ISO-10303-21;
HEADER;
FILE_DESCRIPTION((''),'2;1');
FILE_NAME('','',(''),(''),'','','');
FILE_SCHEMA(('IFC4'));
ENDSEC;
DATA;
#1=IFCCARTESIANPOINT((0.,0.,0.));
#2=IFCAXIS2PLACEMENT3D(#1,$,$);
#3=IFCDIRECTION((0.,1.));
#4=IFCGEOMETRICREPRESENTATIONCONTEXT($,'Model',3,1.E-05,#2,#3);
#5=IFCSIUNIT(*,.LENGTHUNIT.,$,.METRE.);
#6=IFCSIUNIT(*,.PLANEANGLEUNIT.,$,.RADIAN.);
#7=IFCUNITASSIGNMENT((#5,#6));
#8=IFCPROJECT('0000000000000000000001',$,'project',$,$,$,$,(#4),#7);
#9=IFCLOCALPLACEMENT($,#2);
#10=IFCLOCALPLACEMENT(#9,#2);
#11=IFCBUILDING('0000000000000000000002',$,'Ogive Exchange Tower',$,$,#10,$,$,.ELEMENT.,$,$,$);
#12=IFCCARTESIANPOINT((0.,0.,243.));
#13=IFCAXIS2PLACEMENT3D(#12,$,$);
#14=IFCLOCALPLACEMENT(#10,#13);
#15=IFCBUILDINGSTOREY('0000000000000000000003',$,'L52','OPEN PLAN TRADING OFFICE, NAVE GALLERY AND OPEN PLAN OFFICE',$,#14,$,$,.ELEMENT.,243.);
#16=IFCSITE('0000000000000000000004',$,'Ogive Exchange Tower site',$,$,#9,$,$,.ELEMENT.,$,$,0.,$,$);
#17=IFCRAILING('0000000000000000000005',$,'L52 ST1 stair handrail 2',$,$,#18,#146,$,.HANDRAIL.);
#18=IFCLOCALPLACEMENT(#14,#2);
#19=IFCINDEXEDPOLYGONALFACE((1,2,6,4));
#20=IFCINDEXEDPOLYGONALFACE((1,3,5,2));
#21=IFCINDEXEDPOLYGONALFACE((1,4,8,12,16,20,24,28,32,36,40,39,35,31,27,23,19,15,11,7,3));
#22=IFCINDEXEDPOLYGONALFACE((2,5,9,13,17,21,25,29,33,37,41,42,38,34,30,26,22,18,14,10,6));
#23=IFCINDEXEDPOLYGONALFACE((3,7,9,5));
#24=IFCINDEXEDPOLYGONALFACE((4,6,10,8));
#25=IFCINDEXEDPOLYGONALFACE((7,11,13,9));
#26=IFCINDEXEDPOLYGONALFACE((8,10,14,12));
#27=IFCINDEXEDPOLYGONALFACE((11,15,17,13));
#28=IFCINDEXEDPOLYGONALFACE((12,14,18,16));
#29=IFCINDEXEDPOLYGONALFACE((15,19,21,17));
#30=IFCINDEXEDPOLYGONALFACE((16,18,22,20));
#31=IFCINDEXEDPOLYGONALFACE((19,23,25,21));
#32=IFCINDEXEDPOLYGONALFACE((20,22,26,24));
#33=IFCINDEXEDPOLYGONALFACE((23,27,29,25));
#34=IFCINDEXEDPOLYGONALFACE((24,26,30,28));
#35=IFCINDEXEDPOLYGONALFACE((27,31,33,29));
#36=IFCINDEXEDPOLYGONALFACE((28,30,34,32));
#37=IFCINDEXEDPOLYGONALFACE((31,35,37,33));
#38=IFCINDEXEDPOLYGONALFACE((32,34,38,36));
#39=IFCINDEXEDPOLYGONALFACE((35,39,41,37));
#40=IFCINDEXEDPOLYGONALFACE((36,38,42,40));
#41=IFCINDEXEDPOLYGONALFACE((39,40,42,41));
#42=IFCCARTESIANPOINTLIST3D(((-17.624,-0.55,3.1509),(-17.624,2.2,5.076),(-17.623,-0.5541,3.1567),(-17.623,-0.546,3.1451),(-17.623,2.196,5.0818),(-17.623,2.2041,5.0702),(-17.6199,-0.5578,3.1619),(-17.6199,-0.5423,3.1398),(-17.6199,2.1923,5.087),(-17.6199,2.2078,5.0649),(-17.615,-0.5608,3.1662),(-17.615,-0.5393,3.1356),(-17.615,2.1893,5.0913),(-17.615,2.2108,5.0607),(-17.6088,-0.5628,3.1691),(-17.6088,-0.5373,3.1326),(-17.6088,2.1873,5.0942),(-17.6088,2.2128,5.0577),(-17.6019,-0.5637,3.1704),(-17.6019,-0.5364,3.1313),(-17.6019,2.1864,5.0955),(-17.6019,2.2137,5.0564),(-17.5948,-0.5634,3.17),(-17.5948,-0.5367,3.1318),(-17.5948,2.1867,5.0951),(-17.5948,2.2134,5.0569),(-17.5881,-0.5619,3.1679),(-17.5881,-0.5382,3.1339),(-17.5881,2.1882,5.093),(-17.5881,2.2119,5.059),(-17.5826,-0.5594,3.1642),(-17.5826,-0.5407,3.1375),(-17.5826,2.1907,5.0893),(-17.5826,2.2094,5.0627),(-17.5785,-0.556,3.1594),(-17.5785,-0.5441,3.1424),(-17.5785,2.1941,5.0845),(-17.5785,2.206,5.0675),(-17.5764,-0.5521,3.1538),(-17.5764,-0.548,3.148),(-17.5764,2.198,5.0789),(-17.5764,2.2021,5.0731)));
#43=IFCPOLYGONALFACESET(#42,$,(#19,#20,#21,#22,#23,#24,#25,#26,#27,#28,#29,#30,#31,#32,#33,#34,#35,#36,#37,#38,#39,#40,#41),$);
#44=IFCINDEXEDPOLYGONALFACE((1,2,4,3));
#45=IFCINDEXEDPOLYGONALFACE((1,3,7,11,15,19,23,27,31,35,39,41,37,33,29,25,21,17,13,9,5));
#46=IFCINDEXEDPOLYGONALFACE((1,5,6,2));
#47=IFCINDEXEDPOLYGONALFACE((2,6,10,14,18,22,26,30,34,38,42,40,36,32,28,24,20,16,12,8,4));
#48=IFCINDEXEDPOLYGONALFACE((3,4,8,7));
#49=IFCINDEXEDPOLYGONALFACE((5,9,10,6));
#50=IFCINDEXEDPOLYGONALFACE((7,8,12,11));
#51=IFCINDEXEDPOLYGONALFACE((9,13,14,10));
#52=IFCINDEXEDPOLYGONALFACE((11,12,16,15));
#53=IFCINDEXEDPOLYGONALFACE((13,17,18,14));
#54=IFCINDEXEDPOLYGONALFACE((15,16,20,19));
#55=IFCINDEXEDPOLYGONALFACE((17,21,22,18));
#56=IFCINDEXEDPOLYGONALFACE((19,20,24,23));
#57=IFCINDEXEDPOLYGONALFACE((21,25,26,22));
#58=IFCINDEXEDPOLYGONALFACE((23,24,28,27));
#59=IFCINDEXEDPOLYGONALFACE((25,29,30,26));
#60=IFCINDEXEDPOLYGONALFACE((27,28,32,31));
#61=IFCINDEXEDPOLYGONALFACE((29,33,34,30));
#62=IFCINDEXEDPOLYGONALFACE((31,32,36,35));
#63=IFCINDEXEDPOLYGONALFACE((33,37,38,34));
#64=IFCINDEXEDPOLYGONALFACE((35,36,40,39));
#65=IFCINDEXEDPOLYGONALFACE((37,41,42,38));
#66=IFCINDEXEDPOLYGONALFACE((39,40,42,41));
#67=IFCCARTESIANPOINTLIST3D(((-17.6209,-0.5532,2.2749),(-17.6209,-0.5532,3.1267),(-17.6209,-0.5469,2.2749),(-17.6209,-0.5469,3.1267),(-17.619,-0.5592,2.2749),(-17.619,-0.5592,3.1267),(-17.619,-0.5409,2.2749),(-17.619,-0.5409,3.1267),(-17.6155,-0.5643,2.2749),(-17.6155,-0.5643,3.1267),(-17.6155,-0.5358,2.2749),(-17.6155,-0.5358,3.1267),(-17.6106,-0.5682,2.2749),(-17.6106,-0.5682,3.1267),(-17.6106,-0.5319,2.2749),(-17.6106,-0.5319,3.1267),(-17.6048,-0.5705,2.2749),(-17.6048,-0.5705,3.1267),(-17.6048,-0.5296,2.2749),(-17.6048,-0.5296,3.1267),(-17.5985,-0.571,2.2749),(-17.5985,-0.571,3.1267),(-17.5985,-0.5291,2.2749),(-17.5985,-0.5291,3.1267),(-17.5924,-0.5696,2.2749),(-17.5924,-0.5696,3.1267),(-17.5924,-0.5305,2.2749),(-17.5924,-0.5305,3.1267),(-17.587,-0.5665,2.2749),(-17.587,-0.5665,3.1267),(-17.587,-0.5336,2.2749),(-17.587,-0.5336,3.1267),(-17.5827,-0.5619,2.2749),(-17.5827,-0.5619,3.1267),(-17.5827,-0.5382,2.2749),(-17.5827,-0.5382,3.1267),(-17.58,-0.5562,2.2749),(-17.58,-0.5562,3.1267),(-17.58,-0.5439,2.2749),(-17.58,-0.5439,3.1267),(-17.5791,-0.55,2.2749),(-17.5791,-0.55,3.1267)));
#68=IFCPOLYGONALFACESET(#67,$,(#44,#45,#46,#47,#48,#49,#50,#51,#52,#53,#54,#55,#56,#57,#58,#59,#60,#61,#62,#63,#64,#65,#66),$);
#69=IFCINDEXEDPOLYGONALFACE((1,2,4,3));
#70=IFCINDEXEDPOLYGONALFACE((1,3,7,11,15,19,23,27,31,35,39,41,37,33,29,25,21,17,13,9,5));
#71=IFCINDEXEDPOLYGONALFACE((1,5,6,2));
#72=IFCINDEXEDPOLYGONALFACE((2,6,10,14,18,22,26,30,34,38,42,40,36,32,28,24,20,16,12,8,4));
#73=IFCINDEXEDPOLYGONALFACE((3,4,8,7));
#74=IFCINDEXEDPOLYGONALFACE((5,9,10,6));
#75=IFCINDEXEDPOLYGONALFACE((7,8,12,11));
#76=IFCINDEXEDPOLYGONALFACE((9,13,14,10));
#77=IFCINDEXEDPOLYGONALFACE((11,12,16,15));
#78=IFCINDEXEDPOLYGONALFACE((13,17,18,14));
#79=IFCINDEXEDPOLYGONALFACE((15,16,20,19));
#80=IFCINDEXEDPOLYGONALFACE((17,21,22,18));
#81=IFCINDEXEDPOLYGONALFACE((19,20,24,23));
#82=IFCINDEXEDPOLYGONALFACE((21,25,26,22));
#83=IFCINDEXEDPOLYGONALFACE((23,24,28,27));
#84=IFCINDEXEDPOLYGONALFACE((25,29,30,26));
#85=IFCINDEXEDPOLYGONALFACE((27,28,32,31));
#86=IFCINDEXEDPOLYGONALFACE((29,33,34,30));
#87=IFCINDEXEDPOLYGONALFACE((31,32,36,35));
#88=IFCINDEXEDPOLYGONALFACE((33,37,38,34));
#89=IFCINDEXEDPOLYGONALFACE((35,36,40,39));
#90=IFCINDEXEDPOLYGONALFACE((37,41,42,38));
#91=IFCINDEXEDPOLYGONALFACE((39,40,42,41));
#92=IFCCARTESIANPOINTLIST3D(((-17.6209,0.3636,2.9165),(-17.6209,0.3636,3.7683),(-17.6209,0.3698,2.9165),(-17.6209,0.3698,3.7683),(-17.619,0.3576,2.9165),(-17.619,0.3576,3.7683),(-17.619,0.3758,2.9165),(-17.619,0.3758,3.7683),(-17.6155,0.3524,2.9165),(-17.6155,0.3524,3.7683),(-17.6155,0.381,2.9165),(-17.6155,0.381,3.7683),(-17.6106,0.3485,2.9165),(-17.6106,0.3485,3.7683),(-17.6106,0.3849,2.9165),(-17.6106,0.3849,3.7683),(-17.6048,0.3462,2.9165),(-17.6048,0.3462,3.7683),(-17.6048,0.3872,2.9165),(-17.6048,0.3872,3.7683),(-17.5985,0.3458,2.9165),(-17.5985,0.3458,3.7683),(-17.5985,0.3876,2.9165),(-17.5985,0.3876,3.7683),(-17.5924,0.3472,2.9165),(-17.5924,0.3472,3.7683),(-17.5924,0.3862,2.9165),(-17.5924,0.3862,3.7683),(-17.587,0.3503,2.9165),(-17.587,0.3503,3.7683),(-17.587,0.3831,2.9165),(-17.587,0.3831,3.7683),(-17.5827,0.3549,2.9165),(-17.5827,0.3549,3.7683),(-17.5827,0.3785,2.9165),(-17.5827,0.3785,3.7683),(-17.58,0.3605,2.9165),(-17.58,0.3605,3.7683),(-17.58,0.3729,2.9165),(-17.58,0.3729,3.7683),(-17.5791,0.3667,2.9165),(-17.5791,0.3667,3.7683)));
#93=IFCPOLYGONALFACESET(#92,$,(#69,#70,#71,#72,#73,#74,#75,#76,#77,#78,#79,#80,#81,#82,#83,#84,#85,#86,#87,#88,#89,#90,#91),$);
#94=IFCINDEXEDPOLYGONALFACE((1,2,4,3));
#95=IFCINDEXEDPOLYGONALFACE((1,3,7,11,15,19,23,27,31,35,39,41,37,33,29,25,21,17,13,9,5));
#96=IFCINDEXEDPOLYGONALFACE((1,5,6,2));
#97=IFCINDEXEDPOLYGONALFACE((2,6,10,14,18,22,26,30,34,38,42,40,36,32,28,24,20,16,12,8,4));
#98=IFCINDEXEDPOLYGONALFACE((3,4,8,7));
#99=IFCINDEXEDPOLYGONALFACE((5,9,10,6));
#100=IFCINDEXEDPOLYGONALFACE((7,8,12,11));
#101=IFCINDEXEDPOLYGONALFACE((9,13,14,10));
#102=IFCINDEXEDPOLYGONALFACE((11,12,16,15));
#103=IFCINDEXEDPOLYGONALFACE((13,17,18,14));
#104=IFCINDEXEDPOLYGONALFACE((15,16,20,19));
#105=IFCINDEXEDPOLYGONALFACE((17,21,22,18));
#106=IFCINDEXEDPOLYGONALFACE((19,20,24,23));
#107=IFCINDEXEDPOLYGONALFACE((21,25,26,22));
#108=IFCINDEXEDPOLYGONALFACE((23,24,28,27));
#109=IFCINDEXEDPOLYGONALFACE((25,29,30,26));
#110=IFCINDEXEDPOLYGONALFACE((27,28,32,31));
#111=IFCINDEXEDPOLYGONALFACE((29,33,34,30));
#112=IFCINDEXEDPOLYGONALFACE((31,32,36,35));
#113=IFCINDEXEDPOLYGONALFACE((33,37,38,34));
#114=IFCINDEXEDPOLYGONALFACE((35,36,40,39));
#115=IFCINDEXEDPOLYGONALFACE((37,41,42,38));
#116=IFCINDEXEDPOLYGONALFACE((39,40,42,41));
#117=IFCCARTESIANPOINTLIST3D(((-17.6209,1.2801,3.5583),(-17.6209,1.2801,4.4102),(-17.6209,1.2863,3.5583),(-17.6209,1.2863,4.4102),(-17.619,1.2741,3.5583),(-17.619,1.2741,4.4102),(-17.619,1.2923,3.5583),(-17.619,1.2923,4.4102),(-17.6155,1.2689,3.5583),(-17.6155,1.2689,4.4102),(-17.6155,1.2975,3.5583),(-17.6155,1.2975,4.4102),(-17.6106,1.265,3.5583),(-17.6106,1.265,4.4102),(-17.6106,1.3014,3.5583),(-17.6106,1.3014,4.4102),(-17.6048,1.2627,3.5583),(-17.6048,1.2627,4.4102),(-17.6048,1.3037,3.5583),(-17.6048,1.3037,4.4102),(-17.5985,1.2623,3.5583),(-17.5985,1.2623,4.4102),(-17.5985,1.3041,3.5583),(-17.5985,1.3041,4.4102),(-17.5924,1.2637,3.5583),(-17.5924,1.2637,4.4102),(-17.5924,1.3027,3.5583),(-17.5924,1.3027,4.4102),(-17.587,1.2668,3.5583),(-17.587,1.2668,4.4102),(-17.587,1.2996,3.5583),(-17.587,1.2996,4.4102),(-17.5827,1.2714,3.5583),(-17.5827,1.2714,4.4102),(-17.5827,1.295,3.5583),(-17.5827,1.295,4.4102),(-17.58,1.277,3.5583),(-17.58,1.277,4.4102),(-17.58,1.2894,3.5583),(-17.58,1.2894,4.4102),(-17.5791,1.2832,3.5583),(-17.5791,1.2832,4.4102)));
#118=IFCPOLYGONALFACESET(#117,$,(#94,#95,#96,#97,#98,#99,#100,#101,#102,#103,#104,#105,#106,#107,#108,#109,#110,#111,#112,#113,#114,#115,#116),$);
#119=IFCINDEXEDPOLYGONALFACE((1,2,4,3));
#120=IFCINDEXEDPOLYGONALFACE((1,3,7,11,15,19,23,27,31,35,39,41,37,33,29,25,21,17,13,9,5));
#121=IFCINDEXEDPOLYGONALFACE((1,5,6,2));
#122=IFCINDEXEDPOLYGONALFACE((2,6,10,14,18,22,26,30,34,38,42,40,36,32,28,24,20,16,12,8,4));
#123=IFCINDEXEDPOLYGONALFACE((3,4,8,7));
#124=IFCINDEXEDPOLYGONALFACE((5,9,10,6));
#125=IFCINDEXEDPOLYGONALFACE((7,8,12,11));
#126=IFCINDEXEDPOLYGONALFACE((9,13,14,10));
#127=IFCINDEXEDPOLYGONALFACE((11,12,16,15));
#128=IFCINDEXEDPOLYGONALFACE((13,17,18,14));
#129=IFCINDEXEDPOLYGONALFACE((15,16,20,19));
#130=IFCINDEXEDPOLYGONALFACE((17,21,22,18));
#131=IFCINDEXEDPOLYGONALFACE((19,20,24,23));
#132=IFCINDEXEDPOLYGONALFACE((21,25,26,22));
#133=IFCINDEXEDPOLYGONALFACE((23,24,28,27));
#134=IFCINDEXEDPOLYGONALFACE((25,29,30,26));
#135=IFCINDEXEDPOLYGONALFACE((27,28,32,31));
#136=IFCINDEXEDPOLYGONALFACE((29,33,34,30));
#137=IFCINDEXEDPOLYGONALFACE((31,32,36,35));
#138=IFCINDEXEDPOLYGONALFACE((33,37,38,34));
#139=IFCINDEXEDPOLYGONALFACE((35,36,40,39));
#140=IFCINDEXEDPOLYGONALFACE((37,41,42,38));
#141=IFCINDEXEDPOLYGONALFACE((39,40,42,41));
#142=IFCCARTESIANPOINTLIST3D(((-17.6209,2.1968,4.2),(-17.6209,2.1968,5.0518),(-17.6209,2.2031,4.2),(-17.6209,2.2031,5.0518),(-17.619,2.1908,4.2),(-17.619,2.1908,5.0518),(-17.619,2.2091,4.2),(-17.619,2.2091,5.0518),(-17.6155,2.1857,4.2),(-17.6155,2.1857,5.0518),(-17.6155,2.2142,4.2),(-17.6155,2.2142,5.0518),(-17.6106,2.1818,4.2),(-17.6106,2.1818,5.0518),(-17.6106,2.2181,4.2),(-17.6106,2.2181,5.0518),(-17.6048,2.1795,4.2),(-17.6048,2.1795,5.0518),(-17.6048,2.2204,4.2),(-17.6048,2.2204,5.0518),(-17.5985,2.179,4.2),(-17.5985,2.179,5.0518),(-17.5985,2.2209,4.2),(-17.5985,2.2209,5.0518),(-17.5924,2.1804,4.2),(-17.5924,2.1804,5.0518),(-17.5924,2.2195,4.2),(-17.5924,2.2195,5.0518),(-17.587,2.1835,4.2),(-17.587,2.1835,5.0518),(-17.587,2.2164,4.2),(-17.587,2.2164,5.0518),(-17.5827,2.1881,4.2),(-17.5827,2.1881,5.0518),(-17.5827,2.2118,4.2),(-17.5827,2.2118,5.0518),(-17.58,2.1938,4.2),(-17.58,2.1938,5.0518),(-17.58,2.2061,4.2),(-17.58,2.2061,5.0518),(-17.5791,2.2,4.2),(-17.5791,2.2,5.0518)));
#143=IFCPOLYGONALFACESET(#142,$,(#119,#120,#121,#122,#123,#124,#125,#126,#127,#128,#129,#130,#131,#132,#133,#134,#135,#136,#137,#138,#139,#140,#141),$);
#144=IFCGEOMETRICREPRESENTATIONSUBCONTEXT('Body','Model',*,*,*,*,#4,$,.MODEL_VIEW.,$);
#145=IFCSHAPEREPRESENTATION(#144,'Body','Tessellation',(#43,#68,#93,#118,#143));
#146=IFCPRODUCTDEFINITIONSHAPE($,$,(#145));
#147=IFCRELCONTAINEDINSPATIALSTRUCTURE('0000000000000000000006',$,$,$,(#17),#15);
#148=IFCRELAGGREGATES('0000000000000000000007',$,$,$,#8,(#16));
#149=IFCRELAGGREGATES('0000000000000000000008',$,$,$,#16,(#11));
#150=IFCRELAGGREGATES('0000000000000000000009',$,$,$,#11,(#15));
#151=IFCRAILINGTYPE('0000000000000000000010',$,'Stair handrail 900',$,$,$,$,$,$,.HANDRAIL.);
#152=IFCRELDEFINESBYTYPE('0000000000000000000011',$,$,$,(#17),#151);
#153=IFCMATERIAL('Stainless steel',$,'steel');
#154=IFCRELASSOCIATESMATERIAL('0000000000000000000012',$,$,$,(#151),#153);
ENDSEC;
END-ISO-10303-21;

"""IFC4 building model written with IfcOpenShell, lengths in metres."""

from ifc_helpers import new_model, si_unit, direction, frame, origin, origin_2d, place, context, subcontext, project, spatial, circle, extrude, material, type_object, element, save


model = new_model("IFC4")

# Units and contexts
model_context = context("Model", 3, precision=1e-05, world=origin(), true_north=direction((0.0, 1.0)))
body_context = subcontext(model_context, "Body", "Model", "MODEL_VIEW")
ifc_project = project(units=[si_unit("LENGTHUNIT", "METRE"), si_unit("PLANEANGLEUNIT", "RADIAN")], contexts=[model_context])

# Site, building, storey
site_placement = place(None, origin())
site = spatial("IfcSite", under=ifc_project, at=site_placement, Name="Ogive Exchange Tower site", CompositionType="ELEMENT", RefElevation=0.0)
building_placement = place(site_placement, origin())
building = spatial("IfcBuilding", under=site, at=building_placement, Name="Ogive Exchange Tower", CompositionType="ELEMENT")
storey_placement = place(building_placement, frame((0.0, 0.0, 243.0)))
storey = spatial("IfcBuildingStorey", under=building, at=storey_placement, Name="L52", Description="OPEN PLAN TRADING OFFICE, NAVE GALLERY AND OPEN PLAN OFFICE", CompositionType="ELEMENT", Elevation=243.0)

# Shared definitions
ifc_material_1 = material(Name="Stainless steel", Category="steel")

# Railing
railing_type = type_object("IfcRailingType", Name="Stair handrail 900", PredefinedType="HANDRAIL", material=ifc_material_1)
railing_placement = place(storey_placement, frame((-17.6001, -0.55, 2.2749)))
element("IfcRailing", 1, at=railing_placement, inside=storey, type_object=railing_type, Name="L52 ST1 stair handrail 2", PredefinedType="HANDRAIL", context=body_context, shape_type="SweptSolid", body=[
    extrude(circle(Radius=0.0239, at=origin_2d()), frame((0.0, 0.0, 0.876), z_axis=(0.0, 0.819225, 0.573472), x_axis=(-1.0, 0.0, 0.0)), (0.0, 0.0, 1.0), 3.3569),
    extrude(circle(Radius=0.021, at=origin_2d()), origin(), (0.0, 0.0, 1.0), 0.8518),
    extrude(circle(Radius=0.021, at=origin_2d()), frame((0.0, 0.9167, 0.6416)), (0.0, 0.0, 1.0), 0.8518),
    extrude(circle(Radius=0.021, at=origin_2d()), frame((0.0, 1.8333, 1.2834)), (0.0, 0.0, 1.0), 0.8518),
    extrude(circle(Radius=0.021, at=origin_2d()), frame((0.0, 2.75, 1.925)), (0.0, 0.0, 1.0), 0.8518),
])

save(model, "model.ifc")
